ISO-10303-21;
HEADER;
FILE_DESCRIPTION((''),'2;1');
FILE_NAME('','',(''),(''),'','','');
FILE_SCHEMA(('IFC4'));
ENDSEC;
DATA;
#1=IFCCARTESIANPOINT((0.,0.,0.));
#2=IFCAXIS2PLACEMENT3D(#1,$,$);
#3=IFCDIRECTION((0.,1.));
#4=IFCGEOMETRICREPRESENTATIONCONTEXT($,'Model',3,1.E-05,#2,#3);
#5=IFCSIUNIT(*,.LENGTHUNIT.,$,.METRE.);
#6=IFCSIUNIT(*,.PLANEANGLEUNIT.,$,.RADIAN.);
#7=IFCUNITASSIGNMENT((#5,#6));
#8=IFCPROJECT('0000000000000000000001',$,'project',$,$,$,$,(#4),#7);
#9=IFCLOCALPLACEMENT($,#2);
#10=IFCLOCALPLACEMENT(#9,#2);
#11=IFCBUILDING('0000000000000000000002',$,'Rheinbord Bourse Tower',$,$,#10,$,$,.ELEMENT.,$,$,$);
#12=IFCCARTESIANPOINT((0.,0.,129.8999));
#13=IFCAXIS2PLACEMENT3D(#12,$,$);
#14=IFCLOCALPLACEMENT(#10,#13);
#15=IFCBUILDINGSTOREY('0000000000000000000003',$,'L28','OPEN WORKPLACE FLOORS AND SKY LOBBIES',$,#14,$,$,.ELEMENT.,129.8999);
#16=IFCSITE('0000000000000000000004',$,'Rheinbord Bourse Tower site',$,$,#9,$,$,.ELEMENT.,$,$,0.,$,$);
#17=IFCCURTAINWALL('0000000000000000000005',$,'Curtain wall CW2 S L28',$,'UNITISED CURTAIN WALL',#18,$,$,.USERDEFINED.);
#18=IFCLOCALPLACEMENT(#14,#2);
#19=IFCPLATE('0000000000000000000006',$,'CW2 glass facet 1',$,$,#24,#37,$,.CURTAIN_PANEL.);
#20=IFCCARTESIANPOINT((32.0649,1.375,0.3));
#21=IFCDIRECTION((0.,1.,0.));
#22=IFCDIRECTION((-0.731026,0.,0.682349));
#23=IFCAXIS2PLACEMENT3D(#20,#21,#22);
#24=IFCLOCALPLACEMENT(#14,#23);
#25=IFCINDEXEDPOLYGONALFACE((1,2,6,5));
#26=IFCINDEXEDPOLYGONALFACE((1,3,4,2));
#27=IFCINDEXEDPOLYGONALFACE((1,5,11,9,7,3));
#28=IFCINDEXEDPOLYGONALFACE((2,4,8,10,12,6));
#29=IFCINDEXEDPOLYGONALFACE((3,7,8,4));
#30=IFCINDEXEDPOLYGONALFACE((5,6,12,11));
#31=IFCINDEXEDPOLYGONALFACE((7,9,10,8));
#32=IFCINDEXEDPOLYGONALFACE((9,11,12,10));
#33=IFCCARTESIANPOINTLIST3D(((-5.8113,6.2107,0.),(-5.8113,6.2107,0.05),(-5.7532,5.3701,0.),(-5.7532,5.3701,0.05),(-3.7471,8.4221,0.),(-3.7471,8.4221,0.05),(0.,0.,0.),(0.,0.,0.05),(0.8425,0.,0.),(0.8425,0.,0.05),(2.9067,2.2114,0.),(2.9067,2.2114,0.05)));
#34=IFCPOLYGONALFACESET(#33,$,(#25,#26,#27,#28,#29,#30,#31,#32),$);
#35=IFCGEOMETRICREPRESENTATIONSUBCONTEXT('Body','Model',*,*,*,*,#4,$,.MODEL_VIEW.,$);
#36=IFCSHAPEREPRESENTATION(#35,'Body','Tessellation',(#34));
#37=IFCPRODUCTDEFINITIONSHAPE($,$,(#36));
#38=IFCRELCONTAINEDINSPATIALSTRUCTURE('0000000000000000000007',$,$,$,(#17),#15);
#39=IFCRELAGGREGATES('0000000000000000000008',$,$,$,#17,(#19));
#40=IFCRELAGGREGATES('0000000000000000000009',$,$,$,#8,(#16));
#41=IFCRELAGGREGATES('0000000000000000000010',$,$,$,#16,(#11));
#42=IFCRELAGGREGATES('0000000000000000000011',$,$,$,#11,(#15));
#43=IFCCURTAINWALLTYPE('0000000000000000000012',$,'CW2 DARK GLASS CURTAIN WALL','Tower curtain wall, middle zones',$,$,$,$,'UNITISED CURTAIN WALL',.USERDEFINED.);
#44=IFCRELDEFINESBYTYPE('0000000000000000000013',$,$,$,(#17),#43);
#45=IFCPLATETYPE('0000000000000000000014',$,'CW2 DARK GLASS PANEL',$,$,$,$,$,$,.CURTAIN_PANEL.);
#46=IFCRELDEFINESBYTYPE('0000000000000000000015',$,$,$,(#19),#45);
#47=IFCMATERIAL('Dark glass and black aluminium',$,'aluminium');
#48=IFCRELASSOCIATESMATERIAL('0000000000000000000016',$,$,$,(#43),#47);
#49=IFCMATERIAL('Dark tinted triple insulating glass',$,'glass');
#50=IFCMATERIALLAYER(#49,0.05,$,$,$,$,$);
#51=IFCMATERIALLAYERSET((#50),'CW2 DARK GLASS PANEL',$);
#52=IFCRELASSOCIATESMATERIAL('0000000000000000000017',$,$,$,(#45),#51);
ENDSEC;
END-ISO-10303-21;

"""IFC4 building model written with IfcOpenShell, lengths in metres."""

from ifc_helpers import new_model, si_unit, direction, frame, origin, place, context, subcontext, project, spatial, polyline, outline, extrude, material, layer, layer_set, type_object, element, aggregate, save


model = new_model("IFC4")

# Units and contexts
model_context = context("Model", 3, precision=1e-05, world=origin(), true_north=direction((0.0, 1.0)))
body_context = subcontext(model_context, "Body", "Model", "MODEL_VIEW")
ifc_project = project(units=[si_unit("LENGTHUNIT", "METRE"), si_unit("PLANEANGLEUNIT", "RADIAN")], contexts=[model_context])

# Site, building, storey
site_placement = place(None, origin())
site = spatial("IfcSite", under=ifc_project, at=site_placement, Name="Rheinbord Bourse Tower site", CompositionType="ELEMENT", RefElevation=0.0)
building_placement = place(site_placement, origin())
building = spatial("IfcBuilding", under=site, at=building_placement, Name="Rheinbord Bourse Tower", CompositionType="ELEMENT")
storey_placement = place(building_placement, frame((0.0, 0.0, 129.8999)))
storey = spatial("IfcBuildingStorey", under=building, at=storey_placement, Name="L28", Description="OPEN WORKPLACE FLOORS AND SKY LOBBIES", CompositionType="ELEMENT", Elevation=129.8999)

# Curtain wall
ifc_material_1 = material(Name="Dark glass and black aluminium", Category="aluminium")
curtain_wall_type = type_object("IfcCurtainWallType", Name="CW2 DARK GLASS CURTAIN WALL", Description="Tower curtain wall, middle zones", ElementType="UNITISED CURTAIN WALL", PredefinedType="USERDEFINED", material=ifc_material_1)
curtain_wall_placement = place(storey_placement, origin())
curtain_wall = element("IfcCurtainWall", 1, at=curtain_wall_placement, inside=storey, type_object=curtain_wall_type, Name="Curtain wall CW2 S L28", ObjectType="UNITISED CURTAIN WALL", PredefinedType="USERDEFINED")

# Plate
ifc_material_2 = material(Name="Dark tinted triple insulating glass", Category="glass")
ifc_layer = layer(ifc_material_2, 0.05)
ifc_layer_set = layer_set([ifc_layer], Name="CW2 DARK GLASS PANEL")
plate_type = type_object("IfcPlateType", Name="CW2 DARK GLASS PANEL", PredefinedType="CURTAIN_PANEL", material=ifc_layer_set)
plate_1_placement = place(storey_placement, frame((32.0649, 1.375, 0.3), z_axis=(0.0, 1.0, 0.0), x_axis=(-0.731026, 0.0, 0.682349)))
plate_1 = element("IfcPlate", 2, at=plate_1_placement, type_object=plate_type, Name="CW2 glass facet 1", PredefinedType="CURTAIN_PANEL", context=body_context, shape_type="SweptSolid", body=[
    extrude(outline(polyline([(0.0, 0.0), (0.8425, 0.0), (2.9067, 2.2114), (-3.7471, 8.4221), (-5.8113, 6.2107), (-5.7532, 5.3701), (0.0, 0.0)])), origin(), (0.0, 0.0, 1.0), 0.05),
])
aggregate(curtain_wall, [plate_1])

save(model, "model.ifc")
